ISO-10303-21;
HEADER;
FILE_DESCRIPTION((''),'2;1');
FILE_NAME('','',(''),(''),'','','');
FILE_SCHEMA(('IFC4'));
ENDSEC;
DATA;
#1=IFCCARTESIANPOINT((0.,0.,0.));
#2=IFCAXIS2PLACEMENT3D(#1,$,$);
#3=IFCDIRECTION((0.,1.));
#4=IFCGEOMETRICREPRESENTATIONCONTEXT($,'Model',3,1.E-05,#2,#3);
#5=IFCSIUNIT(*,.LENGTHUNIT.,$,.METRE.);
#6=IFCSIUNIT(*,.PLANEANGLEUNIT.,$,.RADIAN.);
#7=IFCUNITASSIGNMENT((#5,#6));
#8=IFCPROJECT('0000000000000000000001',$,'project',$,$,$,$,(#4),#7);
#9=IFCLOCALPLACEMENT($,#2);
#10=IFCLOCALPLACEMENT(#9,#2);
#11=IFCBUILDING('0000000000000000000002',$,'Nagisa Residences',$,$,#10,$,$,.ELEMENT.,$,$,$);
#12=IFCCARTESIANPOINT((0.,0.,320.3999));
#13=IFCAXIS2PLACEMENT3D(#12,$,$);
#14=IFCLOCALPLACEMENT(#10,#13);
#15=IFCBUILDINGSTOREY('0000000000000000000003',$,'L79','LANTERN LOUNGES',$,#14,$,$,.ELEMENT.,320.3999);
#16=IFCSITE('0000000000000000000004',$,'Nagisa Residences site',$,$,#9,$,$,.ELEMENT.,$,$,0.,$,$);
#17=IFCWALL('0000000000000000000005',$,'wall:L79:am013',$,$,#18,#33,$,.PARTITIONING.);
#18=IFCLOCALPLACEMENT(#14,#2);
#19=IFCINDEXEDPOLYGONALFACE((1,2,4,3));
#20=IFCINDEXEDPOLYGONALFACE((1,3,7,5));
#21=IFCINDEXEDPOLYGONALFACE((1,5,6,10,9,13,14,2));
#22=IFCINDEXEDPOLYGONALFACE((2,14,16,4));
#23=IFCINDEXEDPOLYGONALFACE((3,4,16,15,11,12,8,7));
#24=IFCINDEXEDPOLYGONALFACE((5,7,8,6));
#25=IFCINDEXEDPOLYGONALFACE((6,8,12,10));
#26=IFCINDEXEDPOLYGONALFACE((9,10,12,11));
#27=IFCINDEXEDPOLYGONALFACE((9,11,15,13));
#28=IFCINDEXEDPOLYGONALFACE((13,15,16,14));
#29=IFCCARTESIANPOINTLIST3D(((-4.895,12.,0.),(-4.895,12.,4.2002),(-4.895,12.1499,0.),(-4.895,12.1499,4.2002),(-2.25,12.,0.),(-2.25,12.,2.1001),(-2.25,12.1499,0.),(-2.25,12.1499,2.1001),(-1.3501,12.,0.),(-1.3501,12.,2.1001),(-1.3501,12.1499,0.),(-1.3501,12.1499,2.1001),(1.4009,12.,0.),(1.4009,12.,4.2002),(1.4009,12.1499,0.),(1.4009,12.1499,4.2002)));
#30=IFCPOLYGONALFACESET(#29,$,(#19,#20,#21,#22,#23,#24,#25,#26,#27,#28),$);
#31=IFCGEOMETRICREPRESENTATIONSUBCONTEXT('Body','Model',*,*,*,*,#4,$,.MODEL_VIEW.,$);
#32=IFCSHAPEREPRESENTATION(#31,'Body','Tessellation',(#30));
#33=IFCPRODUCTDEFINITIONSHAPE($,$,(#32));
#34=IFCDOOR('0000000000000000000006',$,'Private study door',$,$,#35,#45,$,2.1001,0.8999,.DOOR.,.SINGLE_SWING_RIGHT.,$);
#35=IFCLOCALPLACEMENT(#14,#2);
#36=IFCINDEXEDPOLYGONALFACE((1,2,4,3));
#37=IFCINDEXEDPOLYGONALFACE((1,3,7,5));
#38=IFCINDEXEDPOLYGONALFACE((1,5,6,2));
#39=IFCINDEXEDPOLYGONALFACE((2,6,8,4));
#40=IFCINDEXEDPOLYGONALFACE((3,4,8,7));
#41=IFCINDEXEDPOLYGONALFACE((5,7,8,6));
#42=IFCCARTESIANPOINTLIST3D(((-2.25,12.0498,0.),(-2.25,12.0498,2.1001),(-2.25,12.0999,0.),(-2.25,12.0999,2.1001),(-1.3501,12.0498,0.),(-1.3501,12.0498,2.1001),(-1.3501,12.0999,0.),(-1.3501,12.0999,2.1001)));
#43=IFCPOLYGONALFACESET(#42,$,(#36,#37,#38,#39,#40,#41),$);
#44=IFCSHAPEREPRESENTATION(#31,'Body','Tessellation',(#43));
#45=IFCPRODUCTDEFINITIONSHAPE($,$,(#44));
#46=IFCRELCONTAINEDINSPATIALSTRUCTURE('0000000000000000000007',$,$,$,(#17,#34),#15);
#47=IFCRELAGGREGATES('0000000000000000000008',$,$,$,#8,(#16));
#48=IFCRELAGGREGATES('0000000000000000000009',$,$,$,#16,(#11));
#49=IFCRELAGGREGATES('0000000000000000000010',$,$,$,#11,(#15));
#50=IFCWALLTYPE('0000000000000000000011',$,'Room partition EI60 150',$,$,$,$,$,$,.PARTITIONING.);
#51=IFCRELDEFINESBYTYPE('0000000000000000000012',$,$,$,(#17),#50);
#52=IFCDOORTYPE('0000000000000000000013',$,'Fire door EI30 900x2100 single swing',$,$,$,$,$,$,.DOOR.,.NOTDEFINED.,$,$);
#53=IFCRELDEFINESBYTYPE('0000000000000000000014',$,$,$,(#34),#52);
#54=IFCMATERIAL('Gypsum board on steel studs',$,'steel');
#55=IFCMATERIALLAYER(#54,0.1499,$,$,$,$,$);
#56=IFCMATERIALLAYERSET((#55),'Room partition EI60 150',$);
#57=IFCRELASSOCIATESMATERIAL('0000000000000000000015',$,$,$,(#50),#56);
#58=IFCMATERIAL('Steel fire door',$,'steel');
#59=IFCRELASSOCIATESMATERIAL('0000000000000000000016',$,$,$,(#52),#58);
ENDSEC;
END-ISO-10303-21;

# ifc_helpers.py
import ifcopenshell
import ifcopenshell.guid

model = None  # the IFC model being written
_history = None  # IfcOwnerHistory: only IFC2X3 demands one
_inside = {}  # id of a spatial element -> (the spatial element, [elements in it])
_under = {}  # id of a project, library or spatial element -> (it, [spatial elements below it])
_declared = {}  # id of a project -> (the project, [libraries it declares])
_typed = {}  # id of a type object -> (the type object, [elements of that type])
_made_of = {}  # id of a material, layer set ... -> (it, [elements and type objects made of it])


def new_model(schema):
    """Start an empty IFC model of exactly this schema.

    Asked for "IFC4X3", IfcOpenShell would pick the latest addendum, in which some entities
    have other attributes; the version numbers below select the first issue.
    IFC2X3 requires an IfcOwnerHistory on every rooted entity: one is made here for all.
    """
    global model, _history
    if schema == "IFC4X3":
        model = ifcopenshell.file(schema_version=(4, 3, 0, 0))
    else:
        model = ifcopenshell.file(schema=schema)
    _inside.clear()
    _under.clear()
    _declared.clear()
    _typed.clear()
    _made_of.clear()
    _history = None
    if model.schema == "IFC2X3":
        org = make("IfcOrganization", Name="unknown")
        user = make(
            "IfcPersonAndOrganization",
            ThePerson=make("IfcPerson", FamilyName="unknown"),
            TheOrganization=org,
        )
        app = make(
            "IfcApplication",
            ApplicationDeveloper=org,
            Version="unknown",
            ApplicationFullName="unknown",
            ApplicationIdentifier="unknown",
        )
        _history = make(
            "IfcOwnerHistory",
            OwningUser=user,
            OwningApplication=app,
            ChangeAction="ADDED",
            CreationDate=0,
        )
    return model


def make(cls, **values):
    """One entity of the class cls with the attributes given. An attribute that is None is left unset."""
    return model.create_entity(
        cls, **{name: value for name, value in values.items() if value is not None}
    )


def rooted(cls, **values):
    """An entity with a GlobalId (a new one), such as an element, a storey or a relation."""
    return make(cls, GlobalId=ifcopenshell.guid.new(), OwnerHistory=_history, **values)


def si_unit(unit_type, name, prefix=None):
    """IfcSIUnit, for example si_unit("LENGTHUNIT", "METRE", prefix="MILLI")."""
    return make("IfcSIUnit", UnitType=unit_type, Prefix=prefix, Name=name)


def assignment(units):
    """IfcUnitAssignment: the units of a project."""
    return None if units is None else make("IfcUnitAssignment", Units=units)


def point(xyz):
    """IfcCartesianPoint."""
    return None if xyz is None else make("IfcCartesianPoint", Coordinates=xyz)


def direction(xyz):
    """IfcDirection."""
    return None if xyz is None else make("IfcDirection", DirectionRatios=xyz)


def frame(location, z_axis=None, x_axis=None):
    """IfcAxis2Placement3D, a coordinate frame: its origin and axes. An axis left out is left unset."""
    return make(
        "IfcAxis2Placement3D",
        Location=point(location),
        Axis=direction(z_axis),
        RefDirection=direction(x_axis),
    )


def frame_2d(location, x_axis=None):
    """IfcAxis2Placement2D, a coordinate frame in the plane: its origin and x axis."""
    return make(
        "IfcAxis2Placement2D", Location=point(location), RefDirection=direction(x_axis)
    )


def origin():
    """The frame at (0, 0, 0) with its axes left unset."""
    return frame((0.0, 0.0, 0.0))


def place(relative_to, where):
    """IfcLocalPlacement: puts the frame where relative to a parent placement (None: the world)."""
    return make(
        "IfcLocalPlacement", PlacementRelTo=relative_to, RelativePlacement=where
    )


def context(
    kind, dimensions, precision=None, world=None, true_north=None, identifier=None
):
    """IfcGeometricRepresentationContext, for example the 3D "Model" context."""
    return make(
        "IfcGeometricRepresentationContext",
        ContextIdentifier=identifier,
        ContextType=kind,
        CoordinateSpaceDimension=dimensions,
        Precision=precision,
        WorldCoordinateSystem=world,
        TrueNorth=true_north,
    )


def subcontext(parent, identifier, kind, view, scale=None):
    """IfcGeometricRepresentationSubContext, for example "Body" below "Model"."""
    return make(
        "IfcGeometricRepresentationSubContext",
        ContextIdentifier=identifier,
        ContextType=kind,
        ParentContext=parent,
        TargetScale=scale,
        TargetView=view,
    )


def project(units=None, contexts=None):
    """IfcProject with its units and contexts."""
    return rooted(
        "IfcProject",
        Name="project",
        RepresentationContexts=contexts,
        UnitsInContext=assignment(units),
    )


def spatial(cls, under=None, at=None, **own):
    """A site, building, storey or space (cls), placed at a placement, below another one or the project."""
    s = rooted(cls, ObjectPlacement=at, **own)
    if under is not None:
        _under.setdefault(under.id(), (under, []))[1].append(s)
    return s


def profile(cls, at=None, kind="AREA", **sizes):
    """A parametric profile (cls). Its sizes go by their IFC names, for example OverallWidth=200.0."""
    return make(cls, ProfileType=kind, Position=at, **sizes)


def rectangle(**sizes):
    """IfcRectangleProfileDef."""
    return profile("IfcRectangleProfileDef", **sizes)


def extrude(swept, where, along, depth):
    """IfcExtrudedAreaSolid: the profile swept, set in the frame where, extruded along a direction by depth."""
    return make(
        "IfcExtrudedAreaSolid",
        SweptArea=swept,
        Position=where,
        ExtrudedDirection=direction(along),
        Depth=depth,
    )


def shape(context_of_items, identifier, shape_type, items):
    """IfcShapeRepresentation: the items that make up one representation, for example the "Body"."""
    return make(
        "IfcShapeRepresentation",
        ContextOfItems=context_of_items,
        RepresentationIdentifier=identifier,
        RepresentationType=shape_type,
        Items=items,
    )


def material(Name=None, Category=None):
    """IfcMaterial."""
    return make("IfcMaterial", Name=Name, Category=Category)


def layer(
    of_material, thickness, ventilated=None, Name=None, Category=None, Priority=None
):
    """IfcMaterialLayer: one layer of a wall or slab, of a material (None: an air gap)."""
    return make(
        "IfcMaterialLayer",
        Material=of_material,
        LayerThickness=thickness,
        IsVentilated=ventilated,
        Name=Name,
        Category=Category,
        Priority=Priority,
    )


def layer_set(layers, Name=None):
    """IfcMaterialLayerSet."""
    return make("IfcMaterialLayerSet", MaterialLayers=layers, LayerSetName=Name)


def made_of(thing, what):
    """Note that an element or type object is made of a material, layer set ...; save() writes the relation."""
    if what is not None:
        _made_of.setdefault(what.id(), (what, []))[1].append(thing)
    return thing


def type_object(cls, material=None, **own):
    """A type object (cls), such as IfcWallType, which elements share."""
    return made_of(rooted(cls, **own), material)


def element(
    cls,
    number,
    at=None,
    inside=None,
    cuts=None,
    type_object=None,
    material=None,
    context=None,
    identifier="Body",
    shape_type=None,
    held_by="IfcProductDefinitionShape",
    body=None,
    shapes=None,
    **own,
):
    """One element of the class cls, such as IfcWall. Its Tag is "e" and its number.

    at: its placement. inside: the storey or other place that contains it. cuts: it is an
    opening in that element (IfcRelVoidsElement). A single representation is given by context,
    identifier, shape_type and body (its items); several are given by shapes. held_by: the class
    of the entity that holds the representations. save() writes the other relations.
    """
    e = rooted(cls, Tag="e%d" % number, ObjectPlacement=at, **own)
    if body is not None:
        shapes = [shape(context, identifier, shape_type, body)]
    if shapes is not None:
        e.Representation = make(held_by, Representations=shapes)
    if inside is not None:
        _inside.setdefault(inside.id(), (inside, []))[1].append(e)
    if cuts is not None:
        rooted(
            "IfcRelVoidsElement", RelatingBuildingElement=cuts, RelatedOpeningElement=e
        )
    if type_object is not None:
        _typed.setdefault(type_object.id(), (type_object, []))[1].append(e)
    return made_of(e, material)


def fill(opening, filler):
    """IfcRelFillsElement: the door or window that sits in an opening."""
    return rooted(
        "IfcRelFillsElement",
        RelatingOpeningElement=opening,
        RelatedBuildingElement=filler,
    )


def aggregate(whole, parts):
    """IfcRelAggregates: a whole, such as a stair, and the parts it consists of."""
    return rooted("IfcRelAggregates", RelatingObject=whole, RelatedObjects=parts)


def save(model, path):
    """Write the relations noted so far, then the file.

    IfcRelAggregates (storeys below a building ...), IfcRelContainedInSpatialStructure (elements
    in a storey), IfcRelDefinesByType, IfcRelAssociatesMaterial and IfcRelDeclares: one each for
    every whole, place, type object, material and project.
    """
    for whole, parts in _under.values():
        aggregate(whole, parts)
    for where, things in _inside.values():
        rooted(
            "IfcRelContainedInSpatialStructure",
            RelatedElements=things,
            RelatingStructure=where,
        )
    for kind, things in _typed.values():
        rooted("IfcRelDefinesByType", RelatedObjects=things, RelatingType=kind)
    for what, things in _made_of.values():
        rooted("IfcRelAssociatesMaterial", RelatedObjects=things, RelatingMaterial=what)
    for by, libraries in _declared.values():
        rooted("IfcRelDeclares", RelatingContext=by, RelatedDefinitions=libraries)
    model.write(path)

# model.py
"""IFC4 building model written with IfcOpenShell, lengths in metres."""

from ifc_helpers import new_model, si_unit, direction, frame, frame_2d, origin, place, context, subcontext, project, spatial, rectangle, extrude, material, layer, layer_set, type_object, element, fill, save


model = new_model("IFC4")

# Units and contexts
model_context = context("Model", 3, precision=1e-05, world=origin(), true_north=direction((0.0, 1.0)))
body_context = subcontext(model_context, "Body", "Model", "MODEL_VIEW")
ifc_project = project(units=[si_unit("LENGTHUNIT", "METRE"), si_unit("PLANEANGLEUNIT", "RADIAN")], contexts=[model_context])

# Site, building, storey
site_placement = place(None, origin())
site = spatial("IfcSite", under=ifc_project, at=site_placement, Name="Nagisa Residences site", CompositionType="ELEMENT", RefElevation=0.0)
building_placement = place(site_placement, origin())
building = spatial("IfcBuilding", under=site, at=building_placement, Name="Nagisa Residences", CompositionType="ELEMENT")
storey_placement = place(building_placement, frame((0.0, 0.0, 320.3999)))
storey = spatial("IfcBuildingStorey", under=building, at=storey_placement, Name="L79", Description="LANTERN LOUNGES", CompositionType="ELEMENT", Elevation=320.3999)

# Shared definitions
ifc_material_1 = material(Name="Gypsum board on steel studs", Category="steel")
ifc_layer_1 = layer(ifc_material_1, 0.1499)
ifc_layer_set_1 = layer_set([ifc_layer_1], Name="Room partition EI60 150")
wall_type_1 = type_object("IfcWallType", Name="Room partition EI60 150", PredefinedType="PARTITIONING", material=ifc_layer_set_1)

# Wall, opening, door
wall_1_placement = place(storey_placement, frame((-4.895, 12.075, 0.0), z_axis=(0.0, 0.0, 1.0), x_axis=(1.0, 0.0, 0.0)))
wall_1 = element("IfcWall", 1, at=wall_1_placement, inside=storey, type_object=wall_type_1, Name="wall:L79:am013", PredefinedType="PARTITIONING", context=body_context, shape_type="SweptSolid", body=[
    extrude(rectangle(XDim=6.2959, YDim=0.1499, at=frame_2d((3.1479, 0.0))), origin(), (0.0, 0.0, 1.0), 4.2002),
])
opening_1_placement = place(wall_1_placement, frame((2.645, 0.0, 0.0)))
opening_1 = element("IfcOpeningElement", 2, at=opening_1_placement, cuts=wall_1, PredefinedType="OPENING", context=body_context, shape_type="SweptSolid", body=[
    extrude(rectangle(XDim=0.8999, YDim=2.1001, at=frame_2d((0.45, 1.05))), frame((0.0, 0.085, 0.0), z_axis=(0.0, -1.0, 0.0), x_axis=(1.0, 0.0, 0.0)), (0.0, 0.0, 1.0), 0.1699),
])
ifc_material_2 = material(Name="Steel fire door", Category="steel")
door_type_1 = type_object("IfcDoorType", Name="Fire door EI30 900x2100 single swing", OperationType="NOTDEFINED", PredefinedType="DOOR", material=ifc_material_2)
door_1_placement = place(opening_1_placement, origin())
door_1 = element("IfcDoor", 3, at=door_1_placement, inside=storey, type_object=door_type_1, Name="Private study door", OperationType="SINGLE_SWING_RIGHT", OverallHeight=2.1001, OverallWidth=0.8999, PredefinedType="DOOR", context=body_context, shape_type="SweptSolid", body=[
    extrude(rectangle(XDim=0.8999, YDim=2.1001, at=frame_2d((0.45, 1.05))), frame((0.0, 0.0249, 0.0), z_axis=(0.0, -1.0, 0.0), x_axis=(1.0, 0.0, 0.0)), (0.0, 0.0, 1.0), 0.05),
])
fill(opening_1, door_1)

save(model, "model.ifc")
